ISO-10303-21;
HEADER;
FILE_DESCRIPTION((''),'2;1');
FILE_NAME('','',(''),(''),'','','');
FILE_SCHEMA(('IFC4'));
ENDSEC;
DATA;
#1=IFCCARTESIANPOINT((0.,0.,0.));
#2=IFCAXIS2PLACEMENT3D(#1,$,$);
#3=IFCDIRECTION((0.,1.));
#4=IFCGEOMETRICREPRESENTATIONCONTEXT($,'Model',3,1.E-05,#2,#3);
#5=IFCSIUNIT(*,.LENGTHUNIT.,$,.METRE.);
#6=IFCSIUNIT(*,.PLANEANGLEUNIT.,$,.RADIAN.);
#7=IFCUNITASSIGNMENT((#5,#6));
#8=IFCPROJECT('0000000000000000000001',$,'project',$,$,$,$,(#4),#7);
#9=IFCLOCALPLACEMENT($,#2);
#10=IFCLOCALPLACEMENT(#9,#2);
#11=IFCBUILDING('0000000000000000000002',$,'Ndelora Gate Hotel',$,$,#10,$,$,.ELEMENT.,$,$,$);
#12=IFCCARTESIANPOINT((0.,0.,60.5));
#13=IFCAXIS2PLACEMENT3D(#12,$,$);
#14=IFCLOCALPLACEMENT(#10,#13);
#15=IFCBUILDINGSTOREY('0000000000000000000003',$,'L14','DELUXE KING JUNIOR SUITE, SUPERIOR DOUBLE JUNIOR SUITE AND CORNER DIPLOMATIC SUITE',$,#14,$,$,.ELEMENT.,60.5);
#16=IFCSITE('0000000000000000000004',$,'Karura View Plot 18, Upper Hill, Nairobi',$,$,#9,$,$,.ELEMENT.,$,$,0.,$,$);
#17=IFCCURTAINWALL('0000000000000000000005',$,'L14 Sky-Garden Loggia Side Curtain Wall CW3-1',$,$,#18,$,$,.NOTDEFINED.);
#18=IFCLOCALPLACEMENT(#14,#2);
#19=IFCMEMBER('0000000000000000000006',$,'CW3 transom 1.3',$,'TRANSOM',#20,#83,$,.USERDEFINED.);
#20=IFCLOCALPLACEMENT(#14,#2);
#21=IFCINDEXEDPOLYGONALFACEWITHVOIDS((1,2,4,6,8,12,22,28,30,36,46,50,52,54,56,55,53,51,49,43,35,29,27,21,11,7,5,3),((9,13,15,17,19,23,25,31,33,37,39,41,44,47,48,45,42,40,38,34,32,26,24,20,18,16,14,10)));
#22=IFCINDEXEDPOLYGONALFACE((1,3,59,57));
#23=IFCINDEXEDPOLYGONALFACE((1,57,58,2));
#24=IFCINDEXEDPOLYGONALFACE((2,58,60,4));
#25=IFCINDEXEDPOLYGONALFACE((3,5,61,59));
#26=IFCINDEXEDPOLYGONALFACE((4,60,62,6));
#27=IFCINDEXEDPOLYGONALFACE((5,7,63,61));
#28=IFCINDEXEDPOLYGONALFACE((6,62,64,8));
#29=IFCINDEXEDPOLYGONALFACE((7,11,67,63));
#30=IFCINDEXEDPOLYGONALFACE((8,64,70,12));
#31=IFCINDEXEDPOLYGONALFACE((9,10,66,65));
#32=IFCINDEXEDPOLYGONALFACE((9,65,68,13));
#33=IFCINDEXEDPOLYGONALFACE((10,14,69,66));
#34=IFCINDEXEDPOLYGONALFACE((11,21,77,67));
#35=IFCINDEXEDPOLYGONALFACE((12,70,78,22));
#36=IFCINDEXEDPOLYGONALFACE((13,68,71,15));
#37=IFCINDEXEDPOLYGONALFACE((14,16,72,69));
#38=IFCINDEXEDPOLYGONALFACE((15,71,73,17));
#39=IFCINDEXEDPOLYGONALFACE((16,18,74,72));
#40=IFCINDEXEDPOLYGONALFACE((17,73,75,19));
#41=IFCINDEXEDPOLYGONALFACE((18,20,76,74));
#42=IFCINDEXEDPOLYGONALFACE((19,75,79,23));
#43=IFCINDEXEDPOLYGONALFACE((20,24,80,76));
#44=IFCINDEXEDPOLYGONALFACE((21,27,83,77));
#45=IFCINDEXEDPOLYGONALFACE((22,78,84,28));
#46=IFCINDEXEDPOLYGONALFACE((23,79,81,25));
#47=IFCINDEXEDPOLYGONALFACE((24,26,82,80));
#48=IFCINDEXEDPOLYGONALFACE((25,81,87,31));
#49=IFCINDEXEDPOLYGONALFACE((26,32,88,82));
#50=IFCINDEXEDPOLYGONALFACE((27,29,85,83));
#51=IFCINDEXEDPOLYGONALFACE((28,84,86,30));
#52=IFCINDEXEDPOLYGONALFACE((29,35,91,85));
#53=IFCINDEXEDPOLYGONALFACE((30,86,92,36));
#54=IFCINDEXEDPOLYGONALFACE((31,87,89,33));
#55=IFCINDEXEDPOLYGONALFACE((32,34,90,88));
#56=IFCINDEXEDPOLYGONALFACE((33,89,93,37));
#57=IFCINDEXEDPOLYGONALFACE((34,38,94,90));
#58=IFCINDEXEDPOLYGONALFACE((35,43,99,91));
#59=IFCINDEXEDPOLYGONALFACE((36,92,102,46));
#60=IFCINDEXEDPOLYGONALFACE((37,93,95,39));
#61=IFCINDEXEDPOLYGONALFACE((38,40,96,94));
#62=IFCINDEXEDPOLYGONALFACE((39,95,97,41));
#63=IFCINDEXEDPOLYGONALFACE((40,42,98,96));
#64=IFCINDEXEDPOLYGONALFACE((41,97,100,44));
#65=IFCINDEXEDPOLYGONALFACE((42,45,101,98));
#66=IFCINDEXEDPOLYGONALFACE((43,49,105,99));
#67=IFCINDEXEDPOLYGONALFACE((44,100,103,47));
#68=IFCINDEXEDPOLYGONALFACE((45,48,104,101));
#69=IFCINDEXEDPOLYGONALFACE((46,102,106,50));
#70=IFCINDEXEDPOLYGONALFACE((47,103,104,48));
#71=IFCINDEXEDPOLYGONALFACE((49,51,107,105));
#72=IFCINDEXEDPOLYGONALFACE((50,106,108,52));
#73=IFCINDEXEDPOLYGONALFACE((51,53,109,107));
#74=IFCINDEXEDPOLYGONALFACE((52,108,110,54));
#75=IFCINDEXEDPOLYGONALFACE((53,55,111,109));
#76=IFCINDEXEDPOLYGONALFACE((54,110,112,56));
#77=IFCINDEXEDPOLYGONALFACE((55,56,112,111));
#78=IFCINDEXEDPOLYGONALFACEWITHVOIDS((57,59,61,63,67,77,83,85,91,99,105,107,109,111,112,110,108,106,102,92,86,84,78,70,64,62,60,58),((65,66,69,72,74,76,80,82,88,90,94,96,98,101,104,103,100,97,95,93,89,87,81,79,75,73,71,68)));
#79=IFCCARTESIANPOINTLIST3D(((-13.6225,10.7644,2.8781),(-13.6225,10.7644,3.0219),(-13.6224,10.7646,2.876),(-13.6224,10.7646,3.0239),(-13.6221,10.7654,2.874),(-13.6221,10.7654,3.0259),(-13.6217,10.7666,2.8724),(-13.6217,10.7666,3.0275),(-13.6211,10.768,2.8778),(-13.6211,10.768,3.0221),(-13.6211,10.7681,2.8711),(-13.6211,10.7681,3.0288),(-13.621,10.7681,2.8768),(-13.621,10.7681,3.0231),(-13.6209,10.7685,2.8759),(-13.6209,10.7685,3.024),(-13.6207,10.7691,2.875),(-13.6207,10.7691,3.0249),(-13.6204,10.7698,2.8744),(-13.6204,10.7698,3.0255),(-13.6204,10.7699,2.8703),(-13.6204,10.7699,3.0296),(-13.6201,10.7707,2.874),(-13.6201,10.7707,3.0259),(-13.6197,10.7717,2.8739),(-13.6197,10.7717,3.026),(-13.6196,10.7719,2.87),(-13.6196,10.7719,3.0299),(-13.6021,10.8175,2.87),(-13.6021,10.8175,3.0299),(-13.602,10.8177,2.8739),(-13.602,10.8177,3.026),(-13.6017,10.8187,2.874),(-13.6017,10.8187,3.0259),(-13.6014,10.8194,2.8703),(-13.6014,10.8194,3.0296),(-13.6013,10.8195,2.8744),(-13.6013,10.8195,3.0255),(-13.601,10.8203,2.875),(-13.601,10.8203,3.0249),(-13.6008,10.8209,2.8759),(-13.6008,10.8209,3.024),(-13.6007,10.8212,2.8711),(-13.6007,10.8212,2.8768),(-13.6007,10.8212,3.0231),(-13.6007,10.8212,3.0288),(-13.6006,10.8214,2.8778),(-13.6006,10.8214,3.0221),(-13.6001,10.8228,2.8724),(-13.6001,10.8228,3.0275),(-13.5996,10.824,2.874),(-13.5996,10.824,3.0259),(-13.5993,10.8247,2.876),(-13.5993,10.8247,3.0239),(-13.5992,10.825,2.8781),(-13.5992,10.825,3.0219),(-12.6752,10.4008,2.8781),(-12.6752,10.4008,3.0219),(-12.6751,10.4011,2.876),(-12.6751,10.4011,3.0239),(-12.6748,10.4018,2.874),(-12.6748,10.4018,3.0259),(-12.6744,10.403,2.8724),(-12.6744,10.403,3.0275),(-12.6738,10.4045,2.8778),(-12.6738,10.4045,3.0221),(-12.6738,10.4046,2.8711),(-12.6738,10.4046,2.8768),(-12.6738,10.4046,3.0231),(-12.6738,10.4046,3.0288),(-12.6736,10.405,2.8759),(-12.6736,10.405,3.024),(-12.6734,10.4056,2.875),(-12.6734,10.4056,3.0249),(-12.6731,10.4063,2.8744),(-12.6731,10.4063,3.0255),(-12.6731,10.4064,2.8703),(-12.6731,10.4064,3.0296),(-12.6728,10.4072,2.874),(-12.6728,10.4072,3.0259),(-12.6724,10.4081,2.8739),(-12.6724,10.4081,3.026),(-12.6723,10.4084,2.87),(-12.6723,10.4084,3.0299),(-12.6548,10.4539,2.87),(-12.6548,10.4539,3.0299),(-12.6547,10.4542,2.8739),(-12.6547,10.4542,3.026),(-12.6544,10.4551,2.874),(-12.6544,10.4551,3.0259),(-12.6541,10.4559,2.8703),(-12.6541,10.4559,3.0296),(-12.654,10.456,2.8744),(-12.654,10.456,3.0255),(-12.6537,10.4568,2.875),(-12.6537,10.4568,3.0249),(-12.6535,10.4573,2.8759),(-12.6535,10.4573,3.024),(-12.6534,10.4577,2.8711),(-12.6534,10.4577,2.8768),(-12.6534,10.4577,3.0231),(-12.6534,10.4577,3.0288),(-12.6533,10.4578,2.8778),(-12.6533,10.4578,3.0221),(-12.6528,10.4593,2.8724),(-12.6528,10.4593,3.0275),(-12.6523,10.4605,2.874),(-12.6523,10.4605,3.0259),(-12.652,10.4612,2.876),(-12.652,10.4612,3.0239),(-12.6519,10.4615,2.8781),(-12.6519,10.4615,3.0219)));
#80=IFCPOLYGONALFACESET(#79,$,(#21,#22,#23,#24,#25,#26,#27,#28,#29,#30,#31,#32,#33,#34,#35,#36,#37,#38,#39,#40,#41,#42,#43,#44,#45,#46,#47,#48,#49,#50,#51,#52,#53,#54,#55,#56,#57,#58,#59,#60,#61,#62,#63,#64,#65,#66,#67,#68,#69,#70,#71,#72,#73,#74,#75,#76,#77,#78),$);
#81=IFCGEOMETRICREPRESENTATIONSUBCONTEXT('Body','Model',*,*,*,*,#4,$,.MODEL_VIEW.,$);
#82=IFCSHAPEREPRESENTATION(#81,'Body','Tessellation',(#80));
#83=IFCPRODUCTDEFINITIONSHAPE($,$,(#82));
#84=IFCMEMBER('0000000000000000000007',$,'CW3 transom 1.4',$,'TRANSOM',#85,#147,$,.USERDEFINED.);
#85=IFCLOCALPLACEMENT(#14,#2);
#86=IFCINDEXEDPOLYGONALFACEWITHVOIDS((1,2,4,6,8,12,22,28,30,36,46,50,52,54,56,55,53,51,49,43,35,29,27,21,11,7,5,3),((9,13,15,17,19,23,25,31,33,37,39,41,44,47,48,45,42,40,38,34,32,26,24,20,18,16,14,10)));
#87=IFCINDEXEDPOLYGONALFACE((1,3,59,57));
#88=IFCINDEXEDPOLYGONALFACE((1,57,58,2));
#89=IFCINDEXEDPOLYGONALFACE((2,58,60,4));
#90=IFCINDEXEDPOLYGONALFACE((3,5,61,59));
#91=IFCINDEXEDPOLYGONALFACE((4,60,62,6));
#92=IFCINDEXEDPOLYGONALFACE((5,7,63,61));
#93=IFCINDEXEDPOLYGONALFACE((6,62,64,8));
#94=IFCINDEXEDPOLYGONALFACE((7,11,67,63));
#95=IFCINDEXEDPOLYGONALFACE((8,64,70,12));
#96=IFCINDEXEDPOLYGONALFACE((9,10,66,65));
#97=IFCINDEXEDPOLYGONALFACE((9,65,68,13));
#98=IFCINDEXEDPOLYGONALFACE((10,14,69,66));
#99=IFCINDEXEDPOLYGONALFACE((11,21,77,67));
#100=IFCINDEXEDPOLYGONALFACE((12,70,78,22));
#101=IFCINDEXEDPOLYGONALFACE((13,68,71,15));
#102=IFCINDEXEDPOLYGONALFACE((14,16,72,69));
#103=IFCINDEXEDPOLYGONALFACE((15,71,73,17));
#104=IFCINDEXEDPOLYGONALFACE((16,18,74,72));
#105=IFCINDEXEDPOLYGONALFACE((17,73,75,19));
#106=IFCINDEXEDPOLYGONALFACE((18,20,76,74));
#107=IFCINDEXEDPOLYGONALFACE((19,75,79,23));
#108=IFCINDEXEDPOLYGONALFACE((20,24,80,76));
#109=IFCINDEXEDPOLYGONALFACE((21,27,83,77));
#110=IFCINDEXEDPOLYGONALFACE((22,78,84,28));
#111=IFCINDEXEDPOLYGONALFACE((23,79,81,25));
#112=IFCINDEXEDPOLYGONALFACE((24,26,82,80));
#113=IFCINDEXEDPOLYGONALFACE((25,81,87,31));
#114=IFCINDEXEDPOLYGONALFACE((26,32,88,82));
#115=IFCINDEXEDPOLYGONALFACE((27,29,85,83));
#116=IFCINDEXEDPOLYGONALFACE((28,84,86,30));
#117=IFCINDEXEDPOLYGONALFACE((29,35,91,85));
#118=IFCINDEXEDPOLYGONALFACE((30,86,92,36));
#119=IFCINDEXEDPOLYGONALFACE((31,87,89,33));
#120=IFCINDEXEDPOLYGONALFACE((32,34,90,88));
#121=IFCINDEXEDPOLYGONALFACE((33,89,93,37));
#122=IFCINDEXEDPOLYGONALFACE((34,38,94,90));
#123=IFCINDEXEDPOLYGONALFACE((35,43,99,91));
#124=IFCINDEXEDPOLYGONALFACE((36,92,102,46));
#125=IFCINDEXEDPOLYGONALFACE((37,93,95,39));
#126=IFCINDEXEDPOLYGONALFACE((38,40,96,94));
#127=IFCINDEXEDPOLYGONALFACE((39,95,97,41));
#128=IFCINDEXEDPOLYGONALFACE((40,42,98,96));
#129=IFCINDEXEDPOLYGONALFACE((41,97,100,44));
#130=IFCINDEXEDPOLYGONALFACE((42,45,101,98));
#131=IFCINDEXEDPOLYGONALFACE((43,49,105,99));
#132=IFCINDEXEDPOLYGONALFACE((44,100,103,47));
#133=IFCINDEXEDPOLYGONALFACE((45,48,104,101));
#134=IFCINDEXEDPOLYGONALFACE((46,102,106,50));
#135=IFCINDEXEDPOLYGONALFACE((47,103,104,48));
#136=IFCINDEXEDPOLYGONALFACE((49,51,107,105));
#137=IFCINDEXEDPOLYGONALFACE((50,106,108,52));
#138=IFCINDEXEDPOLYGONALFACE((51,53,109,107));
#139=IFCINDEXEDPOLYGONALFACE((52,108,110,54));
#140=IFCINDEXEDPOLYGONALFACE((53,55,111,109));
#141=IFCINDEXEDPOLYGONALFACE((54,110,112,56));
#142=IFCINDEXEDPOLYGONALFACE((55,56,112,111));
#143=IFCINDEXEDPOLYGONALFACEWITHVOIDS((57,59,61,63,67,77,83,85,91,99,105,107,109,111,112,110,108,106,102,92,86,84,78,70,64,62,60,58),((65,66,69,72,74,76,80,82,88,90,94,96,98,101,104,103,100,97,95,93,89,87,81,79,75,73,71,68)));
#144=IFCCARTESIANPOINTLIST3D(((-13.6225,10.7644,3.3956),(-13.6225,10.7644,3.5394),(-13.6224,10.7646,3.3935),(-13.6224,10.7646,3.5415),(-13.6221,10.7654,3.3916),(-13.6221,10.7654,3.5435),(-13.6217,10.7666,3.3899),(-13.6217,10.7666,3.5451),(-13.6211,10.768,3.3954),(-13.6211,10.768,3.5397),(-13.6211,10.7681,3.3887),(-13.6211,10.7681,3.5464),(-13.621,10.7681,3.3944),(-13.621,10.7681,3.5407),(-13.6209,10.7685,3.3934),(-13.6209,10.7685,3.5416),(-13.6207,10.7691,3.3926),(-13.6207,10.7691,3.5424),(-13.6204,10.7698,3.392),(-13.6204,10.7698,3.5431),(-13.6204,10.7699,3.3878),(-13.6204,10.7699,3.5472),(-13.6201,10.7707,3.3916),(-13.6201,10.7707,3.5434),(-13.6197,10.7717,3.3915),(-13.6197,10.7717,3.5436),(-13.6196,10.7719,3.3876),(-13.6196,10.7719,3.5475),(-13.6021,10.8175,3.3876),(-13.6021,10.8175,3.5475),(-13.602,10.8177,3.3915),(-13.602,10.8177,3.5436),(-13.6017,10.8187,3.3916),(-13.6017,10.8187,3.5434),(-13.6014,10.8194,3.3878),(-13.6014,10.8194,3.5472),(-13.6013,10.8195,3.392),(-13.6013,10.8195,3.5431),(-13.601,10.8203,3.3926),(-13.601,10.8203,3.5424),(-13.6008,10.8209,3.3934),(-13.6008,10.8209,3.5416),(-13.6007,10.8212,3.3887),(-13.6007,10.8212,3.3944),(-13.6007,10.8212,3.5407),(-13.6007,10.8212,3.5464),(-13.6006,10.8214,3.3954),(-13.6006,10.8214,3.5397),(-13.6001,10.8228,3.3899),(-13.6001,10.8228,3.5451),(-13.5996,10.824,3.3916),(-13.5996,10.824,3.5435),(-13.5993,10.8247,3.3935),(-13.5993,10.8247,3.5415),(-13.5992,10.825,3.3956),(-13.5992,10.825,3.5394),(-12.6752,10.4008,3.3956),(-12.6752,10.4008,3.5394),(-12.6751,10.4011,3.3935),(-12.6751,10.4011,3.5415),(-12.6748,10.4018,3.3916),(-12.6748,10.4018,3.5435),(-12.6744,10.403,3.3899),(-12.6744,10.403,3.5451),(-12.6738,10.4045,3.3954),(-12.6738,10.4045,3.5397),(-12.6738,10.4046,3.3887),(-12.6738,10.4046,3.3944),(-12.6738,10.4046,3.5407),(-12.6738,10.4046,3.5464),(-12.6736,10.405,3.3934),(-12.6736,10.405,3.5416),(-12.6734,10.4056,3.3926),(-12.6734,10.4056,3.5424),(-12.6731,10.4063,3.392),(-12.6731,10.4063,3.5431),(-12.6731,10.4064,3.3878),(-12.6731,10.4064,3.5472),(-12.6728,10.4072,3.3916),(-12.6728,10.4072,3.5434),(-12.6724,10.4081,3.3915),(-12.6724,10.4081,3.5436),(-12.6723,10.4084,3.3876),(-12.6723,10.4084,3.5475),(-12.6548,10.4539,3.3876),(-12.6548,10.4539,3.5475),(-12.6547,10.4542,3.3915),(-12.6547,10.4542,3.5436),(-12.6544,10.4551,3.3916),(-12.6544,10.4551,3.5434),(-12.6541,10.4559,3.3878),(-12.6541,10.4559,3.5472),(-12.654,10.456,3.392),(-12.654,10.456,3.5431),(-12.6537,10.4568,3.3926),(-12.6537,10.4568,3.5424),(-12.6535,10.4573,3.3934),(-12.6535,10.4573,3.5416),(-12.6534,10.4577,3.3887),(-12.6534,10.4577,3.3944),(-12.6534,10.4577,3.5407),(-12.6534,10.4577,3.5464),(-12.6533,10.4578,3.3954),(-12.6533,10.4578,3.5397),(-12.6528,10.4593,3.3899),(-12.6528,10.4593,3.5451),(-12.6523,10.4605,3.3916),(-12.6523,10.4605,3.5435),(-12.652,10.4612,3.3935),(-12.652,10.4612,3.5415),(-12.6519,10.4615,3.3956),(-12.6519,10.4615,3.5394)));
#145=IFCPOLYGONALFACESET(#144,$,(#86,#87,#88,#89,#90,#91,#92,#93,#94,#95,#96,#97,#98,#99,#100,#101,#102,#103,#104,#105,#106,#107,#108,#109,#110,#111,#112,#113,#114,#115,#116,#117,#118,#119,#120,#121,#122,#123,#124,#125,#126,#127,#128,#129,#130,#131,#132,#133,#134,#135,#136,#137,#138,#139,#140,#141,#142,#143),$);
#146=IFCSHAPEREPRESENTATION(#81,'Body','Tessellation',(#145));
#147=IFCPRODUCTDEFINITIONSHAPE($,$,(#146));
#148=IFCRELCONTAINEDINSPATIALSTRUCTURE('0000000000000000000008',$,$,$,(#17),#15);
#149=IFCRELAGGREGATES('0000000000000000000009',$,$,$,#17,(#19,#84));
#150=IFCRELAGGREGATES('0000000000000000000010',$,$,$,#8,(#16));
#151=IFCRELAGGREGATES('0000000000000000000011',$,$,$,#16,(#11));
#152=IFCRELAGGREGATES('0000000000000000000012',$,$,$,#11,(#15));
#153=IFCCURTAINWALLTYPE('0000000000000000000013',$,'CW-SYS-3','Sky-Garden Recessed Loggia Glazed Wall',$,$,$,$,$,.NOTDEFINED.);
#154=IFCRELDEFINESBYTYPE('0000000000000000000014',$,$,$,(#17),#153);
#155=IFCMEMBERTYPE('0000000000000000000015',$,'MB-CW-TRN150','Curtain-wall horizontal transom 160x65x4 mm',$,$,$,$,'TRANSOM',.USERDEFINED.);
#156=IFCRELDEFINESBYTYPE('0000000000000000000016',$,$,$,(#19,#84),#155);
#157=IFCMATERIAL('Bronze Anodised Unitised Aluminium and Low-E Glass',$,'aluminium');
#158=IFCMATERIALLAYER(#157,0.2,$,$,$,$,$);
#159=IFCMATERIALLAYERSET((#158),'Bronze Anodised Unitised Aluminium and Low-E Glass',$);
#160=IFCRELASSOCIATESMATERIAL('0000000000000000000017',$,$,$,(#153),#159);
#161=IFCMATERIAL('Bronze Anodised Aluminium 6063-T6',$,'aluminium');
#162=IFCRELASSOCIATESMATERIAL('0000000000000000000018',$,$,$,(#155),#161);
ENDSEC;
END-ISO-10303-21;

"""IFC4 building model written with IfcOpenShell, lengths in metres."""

from ifc_helpers import new_model, si_unit, direction, frame, origin, origin_2d, place, context, subcontext, project, spatial, hollow_rectangle, extrude, material, layer, layer_set, material_profile, profile_set, type_object, element, aggregate, save


model = new_model("IFC4")

# Units and contexts
model_context = context("Model", 3, precision=1e-05, world=origin(), true_north=direction((0.0, 1.0)))
body_context = subcontext(model_context, "Body", "Model", "MODEL_VIEW")
ifc_project = project(units=[si_unit("LENGTHUNIT", "METRE"), si_unit("PLANEANGLEUNIT", "RADIAN")], contexts=[model_context])

# Site, building, storey
site_placement = place(None, origin())
site = spatial("IfcSite", under=ifc_project, at=site_placement, Name="Karura View Plot 18, Upper Hill, Nairobi", CompositionType="ELEMENT", RefElevation=0.0)
building_placement = place(site_placement, origin())
building = spatial("IfcBuilding", under=site, at=building_placement, Name="Ndelora Gate Hotel", CompositionType="ELEMENT")
storey_placement = place(building_placement, frame((0.0, 0.0, 60.5)))
storey = spatial("IfcBuildingStorey", under=building, at=storey_placement, Name="L14", Description="DELUXE KING JUNIOR SUITE, SUPERIOR DOUBLE JUNIOR SUITE AND CORNER DIPLOMATIC SUITE", CompositionType="ELEMENT", Elevation=60.5)

# Curtain wall, members
ifc_material_1 = material(Name="Bronze Anodised Unitised Aluminium and Low-E Glass", Category="aluminium")
ifc_layer_1 = layer(ifc_material_1, 0.2)
ifc_layer_set_1 = layer_set([ifc_layer_1], Name="Bronze Anodised Unitised Aluminium and Low-E Glass")
curtain_wall_type = type_object("IfcCurtainWallType", Name="CW-SYS-3", Description="Sky-Garden Recessed Loggia Glazed Wall", PredefinedType="NOTDEFINED", material=ifc_layer_set_1)
curtain_wall_placement = place(storey_placement, origin())
curtain_wall = element("IfcCurtainWall", 1, at=curtain_wall_placement, inside=storey, type_object=curtain_wall_type, Name="L14 Sky-Garden Loggia Side Curtain Wall CW3-1", PredefinedType="NOTDEFINED")
ifc_material_2 = material(Name="Bronze Anodised Aluminium 6063-T6", Category="aluminium")
ifc_material_profile_1 = material_profile(ifc_material_2, hollow_rectangle(XDim=0.0649, YDim=0.1599, WallThickness=0.0039, InnerFilletRadius=0.0039, OuterFilletRadius=0.0081, at=origin_2d()), Name="ALU 160x65x4")
ifc_profile_set_1 = profile_set([ifc_material_profile_1], Name="Bronze Anodised Aluminium 6063-T6")
member_type_1 = type_object("IfcMemberType", Name="MB-CW-TRN150", Description="Curtain-wall horizontal transom 160x65x4 mm", ElementType="TRANSOM", PredefinedType="USERDEFINED", material=ifc_profile_set_1)
member_1_placement = place(storey_placement, frame((-12.6636, 10.4312, 2.95), z_axis=(-0.933612, 0.358286, 0.0), x_axis=(-0.358286, -0.933612, 0.0)))
member_1 = element("IfcMember", 2, at=member_1_placement, type_object=member_type_1, Name="CW3 transom 1.3", ObjectType="TRANSOM", PredefinedType="USERDEFINED", context=body_context, shape_type="SweptSolid", body=[
    extrude(hollow_rectangle(XDim=0.0649, YDim=0.1599, WallThickness=0.0039, InnerFilletRadius=0.0039, OuterFilletRadius=0.0081, at=origin_2d()), origin(), (0.0, 0.0, 1.0), 1.0146),
])
member_2_placement = place(storey_placement, frame((-12.6636, 10.4312, 3.4675), z_axis=(-0.933612, 0.358286, 0.0), x_axis=(-0.358286, -0.933612, 0.0)))
member_2 = element("IfcMember", 3, at=member_2_placement, type_object=member_type_1, Name="CW3 transom 1.4", ObjectType="TRANSOM", PredefinedType="USERDEFINED", context=body_context, shape_type="SweptSolid", body=[
    extrude(hollow_rectangle(XDim=0.0649, YDim=0.1599, WallThickness=0.0039, InnerFilletRadius=0.0039, OuterFilletRadius=0.0081, at=origin_2d()), origin(), (0.0, 0.0, 1.0), 1.0146),
])
aggregate(curtain_wall, [member_1, member_2])

save(model, "model.ifc")
